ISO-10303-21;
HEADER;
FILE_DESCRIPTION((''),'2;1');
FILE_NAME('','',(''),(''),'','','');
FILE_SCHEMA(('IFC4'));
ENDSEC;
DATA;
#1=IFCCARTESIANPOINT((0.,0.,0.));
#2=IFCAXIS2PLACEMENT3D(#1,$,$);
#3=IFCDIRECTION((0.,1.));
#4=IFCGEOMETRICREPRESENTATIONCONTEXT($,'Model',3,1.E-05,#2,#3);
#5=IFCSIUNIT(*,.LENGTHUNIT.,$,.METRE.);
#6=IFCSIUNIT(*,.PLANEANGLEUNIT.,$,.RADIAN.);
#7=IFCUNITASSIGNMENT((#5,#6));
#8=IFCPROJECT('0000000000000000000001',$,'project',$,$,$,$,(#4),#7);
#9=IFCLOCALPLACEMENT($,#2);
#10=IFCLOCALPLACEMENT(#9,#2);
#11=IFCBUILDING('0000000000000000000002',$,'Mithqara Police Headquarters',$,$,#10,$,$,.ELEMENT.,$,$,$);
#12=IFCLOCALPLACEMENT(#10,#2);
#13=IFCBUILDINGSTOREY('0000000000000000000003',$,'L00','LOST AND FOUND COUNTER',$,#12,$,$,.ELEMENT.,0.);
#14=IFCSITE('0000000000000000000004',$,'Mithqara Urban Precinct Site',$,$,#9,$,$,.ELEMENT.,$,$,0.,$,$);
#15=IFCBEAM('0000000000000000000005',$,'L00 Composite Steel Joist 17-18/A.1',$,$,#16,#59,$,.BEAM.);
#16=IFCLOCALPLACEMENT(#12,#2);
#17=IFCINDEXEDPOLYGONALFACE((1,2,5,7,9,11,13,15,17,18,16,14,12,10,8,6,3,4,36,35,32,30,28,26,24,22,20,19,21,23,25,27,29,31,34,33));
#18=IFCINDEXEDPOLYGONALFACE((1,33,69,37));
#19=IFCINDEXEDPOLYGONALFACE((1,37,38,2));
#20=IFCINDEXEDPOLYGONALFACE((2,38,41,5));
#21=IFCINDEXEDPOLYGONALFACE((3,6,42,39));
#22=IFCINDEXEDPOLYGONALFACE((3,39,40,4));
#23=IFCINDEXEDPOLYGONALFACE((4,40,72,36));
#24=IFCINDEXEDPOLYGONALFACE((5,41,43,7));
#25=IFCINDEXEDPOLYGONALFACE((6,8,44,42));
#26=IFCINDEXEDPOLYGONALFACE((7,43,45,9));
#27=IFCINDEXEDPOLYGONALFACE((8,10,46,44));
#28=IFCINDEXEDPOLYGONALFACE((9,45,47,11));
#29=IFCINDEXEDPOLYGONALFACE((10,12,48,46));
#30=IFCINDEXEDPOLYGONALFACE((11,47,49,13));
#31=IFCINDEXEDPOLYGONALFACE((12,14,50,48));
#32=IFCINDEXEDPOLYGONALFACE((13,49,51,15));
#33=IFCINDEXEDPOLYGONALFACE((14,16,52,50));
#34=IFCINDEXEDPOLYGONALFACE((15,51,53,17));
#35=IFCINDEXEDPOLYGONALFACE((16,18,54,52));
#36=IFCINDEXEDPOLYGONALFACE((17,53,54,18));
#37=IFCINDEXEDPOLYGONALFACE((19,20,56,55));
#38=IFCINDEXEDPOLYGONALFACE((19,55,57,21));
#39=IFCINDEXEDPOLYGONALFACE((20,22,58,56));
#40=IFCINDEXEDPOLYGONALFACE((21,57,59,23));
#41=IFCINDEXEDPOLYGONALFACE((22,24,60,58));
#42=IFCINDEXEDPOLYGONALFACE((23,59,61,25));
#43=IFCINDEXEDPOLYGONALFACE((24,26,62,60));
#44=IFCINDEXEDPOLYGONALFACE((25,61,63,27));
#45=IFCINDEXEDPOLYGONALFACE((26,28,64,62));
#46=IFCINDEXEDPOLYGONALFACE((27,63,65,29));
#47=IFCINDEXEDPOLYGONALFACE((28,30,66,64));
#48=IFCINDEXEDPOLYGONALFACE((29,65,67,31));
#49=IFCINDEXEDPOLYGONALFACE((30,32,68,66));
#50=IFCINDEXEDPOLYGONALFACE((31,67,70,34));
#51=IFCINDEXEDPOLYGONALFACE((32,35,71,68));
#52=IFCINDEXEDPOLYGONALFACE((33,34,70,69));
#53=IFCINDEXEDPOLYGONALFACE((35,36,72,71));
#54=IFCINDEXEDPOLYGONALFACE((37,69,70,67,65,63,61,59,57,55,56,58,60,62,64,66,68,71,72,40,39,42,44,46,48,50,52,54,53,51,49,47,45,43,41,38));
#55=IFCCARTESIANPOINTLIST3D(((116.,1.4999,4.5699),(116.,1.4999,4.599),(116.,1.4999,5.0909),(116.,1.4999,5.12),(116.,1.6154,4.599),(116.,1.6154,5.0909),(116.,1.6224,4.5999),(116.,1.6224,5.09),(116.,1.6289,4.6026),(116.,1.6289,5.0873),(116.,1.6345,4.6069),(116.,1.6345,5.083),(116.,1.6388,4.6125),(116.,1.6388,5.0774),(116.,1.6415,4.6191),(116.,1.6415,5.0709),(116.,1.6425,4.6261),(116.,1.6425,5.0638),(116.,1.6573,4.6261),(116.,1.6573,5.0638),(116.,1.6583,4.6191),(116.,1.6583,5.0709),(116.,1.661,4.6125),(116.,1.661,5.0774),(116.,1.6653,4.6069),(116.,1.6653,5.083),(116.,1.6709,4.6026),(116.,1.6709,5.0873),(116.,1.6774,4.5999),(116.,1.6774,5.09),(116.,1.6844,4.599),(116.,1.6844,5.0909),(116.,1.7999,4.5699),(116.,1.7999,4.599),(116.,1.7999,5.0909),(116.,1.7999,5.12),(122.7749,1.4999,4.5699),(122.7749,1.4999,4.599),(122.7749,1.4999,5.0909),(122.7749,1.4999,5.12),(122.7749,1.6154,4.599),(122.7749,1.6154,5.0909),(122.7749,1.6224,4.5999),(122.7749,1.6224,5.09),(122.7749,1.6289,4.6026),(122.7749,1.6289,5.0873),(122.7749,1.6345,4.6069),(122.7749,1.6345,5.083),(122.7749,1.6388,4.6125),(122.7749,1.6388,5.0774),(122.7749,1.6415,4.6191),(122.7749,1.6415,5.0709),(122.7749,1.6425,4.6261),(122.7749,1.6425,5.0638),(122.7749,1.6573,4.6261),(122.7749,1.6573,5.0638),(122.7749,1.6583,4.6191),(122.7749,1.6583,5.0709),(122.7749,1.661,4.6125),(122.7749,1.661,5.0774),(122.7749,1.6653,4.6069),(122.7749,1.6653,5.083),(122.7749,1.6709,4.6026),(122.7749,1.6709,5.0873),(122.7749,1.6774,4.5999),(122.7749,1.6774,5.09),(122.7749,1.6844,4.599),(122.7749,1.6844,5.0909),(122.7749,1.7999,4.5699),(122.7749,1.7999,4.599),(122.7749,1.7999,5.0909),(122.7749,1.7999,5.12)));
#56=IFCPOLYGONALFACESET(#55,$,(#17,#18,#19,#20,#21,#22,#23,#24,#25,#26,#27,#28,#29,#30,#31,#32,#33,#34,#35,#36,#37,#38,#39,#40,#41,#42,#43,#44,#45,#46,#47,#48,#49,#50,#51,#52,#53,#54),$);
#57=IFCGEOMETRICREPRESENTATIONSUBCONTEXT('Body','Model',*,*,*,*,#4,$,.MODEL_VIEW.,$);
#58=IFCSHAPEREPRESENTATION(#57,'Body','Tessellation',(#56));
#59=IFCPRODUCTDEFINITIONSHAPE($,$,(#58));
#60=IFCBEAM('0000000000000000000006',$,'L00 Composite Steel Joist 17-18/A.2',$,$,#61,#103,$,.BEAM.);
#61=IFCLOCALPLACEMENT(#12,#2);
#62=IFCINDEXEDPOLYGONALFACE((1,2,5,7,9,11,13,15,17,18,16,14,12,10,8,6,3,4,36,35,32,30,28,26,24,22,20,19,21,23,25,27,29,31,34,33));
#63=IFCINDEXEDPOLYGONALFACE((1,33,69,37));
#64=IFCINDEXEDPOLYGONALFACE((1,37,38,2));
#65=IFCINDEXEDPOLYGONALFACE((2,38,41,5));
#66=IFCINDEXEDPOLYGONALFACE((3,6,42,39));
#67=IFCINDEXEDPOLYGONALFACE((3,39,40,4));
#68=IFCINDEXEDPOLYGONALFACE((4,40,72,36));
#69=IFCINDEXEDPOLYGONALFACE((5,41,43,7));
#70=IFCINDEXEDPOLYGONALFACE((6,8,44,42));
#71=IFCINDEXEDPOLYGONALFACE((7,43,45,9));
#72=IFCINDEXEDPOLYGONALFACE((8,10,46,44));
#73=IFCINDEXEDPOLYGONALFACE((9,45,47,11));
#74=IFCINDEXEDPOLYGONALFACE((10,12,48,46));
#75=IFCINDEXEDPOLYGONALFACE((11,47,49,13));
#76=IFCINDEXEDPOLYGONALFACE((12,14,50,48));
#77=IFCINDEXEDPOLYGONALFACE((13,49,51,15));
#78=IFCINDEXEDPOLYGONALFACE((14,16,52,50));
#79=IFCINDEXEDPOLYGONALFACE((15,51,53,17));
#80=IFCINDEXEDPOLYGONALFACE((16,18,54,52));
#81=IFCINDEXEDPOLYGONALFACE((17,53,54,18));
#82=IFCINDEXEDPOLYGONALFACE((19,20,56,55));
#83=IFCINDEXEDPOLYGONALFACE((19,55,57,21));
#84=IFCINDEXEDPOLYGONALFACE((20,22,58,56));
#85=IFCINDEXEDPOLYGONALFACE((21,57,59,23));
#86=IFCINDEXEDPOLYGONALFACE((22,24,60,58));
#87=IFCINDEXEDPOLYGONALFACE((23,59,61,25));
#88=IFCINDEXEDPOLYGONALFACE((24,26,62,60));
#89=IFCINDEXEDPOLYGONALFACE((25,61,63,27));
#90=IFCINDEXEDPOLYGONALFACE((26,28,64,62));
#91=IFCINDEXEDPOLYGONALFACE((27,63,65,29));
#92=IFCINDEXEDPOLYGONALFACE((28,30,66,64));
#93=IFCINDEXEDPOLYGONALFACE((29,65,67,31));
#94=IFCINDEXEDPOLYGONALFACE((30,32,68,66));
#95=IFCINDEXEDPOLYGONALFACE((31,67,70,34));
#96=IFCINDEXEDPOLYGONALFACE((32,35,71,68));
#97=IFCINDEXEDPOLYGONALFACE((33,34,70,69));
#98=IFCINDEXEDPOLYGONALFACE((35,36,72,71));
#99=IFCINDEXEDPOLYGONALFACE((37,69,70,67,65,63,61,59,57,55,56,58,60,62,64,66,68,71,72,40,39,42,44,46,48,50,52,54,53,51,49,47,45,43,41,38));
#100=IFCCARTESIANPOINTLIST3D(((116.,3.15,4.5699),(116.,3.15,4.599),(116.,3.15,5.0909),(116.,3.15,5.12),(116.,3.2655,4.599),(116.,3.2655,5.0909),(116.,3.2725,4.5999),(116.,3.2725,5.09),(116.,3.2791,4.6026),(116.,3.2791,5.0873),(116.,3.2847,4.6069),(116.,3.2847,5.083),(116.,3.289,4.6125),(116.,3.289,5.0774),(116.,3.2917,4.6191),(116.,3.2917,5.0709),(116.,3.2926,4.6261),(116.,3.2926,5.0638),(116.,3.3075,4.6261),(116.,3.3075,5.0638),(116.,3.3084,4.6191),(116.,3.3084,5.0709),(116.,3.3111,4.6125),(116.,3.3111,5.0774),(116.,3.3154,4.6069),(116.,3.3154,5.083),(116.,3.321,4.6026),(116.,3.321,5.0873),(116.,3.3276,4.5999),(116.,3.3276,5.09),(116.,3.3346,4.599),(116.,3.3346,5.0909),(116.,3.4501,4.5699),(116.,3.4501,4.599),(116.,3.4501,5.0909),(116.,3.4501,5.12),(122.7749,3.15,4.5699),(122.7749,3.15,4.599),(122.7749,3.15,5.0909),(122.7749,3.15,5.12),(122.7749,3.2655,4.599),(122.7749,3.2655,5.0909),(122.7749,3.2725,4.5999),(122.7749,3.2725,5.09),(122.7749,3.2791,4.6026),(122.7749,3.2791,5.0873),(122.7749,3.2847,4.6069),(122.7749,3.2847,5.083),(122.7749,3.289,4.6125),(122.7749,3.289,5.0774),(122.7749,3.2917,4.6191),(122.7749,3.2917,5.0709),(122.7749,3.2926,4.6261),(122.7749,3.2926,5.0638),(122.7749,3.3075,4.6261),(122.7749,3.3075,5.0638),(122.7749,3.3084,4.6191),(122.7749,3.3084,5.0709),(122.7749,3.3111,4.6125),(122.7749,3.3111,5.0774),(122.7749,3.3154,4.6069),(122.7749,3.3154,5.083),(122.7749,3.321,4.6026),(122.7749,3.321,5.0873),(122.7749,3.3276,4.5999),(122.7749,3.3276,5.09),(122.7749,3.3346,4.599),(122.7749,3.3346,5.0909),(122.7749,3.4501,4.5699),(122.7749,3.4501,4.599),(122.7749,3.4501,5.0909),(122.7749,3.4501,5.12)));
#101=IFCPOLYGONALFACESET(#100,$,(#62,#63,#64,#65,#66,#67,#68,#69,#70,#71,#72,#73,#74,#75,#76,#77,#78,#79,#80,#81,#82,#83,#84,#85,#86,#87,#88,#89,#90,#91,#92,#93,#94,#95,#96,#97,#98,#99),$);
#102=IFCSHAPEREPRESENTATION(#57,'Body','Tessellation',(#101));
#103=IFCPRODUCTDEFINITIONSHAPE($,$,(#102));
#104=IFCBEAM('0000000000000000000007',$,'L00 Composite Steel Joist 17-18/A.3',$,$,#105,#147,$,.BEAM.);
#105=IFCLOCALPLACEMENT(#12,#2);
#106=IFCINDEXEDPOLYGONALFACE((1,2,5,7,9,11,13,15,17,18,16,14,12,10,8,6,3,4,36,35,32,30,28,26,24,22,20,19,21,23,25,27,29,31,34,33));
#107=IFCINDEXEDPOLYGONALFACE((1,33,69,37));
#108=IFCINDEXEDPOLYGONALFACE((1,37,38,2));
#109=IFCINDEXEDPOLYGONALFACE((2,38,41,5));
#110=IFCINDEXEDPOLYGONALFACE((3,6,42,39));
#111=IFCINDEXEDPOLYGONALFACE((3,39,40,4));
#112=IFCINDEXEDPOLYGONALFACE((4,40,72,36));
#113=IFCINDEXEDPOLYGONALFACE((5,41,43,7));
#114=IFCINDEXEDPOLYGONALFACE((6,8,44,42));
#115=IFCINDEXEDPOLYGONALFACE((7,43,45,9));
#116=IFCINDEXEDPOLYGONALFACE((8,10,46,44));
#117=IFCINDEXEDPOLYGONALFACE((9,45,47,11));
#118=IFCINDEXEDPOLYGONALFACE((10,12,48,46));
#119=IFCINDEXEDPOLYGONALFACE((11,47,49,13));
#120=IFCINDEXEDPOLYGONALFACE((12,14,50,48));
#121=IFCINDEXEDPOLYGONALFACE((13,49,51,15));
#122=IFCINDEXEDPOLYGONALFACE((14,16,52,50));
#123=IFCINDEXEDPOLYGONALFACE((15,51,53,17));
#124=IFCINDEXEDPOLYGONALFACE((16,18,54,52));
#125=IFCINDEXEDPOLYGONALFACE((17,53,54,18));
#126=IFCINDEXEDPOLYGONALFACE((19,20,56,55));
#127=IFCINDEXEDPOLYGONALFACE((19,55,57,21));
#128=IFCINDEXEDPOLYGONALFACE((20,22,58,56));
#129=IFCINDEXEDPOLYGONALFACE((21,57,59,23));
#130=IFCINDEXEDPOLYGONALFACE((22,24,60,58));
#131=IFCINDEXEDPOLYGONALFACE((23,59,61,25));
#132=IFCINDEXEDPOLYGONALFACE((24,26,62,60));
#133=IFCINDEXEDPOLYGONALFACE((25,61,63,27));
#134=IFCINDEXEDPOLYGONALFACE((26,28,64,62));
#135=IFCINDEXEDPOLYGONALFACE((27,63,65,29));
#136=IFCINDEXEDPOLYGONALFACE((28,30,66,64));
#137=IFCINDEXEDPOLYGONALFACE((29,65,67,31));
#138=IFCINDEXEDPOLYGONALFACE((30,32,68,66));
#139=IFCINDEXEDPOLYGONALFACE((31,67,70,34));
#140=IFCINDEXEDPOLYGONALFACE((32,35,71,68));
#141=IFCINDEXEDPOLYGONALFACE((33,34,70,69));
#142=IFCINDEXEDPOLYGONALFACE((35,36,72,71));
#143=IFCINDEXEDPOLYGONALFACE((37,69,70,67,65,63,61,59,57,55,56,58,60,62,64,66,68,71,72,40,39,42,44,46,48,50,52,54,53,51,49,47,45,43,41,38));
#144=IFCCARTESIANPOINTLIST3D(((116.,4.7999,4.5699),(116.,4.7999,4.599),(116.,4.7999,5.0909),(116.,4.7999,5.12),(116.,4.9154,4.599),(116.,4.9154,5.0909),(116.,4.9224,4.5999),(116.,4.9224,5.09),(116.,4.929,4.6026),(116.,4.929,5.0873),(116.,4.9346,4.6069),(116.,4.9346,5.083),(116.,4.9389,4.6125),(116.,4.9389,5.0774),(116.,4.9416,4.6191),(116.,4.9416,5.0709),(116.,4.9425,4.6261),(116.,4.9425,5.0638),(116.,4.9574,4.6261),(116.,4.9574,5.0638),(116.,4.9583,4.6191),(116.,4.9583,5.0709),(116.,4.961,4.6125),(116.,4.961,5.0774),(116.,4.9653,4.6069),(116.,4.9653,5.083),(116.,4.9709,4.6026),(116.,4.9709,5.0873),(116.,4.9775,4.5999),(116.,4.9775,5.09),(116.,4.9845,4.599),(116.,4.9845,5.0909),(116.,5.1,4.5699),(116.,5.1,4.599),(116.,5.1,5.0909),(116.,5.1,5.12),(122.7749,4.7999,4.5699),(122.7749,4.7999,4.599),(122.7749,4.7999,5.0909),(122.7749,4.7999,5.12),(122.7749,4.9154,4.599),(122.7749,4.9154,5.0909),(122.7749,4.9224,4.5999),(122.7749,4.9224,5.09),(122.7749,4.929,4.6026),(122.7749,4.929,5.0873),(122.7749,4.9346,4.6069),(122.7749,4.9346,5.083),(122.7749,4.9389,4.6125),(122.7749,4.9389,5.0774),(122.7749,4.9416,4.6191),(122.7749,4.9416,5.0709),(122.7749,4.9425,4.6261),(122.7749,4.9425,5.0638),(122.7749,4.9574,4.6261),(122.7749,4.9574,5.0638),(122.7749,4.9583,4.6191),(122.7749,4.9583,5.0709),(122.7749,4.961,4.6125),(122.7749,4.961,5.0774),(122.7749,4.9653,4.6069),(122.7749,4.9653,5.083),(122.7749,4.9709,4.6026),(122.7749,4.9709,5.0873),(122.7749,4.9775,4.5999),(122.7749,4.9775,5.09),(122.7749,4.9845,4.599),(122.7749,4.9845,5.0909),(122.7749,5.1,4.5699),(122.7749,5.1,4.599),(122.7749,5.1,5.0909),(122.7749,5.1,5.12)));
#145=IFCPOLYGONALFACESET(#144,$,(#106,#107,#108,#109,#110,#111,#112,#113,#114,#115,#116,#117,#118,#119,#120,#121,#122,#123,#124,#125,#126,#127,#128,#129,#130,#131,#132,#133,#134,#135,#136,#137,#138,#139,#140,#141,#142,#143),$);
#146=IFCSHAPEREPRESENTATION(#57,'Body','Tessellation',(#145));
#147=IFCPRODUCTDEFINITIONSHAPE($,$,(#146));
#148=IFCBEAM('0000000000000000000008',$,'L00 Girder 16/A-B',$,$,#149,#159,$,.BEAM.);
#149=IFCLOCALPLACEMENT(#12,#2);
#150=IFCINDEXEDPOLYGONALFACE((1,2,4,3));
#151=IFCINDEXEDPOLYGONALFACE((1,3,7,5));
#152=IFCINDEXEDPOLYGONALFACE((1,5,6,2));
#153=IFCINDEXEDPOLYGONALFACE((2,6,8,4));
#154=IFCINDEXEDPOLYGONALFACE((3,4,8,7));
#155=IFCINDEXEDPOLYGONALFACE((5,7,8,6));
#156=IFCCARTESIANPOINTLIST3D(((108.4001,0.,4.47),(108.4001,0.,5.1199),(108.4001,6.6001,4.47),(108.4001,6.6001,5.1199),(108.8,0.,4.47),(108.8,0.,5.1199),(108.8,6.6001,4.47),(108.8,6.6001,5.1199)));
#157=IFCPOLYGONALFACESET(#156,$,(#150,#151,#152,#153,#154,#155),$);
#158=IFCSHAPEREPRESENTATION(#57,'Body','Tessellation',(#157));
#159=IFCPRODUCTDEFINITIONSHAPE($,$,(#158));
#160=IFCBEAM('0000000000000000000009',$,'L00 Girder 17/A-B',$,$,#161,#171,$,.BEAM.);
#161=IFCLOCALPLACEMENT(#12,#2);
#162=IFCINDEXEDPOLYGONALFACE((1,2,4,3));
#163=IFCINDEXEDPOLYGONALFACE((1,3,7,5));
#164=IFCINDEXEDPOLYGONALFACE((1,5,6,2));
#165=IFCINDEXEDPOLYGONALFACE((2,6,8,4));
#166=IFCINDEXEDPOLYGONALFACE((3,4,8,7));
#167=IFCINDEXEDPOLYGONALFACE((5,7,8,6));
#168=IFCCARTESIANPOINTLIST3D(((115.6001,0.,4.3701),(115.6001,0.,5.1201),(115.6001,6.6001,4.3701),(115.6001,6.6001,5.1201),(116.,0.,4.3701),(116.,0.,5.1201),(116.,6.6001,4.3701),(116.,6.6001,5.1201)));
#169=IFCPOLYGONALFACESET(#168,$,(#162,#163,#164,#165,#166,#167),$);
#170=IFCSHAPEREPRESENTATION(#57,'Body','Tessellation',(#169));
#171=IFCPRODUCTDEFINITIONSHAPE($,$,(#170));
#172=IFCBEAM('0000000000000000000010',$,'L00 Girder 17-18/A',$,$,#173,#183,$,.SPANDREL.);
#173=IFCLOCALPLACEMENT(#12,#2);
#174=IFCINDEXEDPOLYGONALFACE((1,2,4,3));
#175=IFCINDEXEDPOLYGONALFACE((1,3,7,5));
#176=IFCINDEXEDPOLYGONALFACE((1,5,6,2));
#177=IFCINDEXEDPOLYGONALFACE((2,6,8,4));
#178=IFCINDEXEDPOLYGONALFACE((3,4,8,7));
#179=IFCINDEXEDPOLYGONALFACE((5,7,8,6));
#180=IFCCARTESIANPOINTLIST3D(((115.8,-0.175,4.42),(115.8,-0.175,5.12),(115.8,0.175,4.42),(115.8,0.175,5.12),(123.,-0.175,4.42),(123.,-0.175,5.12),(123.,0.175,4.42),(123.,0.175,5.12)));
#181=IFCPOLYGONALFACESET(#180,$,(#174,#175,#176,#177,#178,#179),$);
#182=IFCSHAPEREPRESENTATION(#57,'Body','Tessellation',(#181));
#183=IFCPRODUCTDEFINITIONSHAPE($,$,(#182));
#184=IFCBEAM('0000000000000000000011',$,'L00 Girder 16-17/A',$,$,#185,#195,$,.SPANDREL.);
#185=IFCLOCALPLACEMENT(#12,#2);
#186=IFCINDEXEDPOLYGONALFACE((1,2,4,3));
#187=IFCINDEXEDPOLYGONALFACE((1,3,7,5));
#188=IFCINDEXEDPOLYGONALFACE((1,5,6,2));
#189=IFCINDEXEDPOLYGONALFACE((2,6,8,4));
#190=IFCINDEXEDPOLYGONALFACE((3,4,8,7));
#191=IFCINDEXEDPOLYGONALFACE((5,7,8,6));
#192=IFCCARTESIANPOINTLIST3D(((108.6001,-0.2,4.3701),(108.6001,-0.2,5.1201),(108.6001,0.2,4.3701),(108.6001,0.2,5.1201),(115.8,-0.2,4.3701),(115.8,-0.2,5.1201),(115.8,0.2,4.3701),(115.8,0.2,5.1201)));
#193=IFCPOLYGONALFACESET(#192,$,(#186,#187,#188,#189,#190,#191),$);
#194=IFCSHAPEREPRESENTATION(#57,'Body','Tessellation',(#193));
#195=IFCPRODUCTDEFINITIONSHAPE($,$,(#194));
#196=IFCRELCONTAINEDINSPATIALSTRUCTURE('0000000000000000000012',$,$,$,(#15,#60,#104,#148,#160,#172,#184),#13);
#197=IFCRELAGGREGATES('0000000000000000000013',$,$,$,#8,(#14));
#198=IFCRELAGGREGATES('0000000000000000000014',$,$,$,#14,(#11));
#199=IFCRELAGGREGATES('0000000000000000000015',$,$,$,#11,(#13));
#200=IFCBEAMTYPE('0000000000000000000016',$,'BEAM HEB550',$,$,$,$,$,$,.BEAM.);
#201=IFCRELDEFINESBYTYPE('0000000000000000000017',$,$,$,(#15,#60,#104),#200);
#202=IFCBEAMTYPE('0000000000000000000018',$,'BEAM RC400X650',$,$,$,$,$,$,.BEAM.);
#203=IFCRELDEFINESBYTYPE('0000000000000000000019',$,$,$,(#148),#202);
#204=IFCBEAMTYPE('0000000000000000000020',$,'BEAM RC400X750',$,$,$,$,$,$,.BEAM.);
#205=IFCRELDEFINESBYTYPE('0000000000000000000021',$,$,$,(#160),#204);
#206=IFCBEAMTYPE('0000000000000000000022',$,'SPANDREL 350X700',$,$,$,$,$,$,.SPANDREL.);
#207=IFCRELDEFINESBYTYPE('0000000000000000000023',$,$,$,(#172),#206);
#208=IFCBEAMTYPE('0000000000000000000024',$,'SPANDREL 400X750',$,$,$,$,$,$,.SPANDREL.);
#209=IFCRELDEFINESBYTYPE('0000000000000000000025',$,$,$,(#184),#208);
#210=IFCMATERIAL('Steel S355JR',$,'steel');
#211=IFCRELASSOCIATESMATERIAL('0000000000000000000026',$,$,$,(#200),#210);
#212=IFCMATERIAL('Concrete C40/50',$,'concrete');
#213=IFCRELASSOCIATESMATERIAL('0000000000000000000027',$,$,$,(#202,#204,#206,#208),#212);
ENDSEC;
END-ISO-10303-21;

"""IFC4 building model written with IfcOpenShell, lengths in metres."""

from ifc_helpers import new_model, si_unit, direction, frame, origin, origin_2d, place, context, subcontext, project, spatial, rectangle, i_section, extrude, material, material_profile, profile_set, type_object, element, save


model = new_model("IFC4")

# Units and contexts
model_context = context("Model", 3, precision=1e-05, world=origin(), true_north=direction((0.0, 1.0)))
body_context = subcontext(model_context, "Body", "Model", "MODEL_VIEW")
ifc_project = project(units=[si_unit("LENGTHUNIT", "METRE"), si_unit("PLANEANGLEUNIT", "RADIAN")], contexts=[model_context])

# Site, building, storey
site_placement = place(None, origin())
site = spatial("IfcSite", under=ifc_project, at=site_placement, Name="Mithqara Urban Precinct Site", CompositionType="ELEMENT", RefElevation=0.0)
building_placement = place(site_placement, origin())
building = spatial("IfcBuilding", under=site, at=building_placement, Name="Mithqara Police Headquarters", CompositionType="ELEMENT")
storey_placement = place(building_placement, origin())
storey = spatial("IfcBuildingStorey", under=building, at=storey_placement, Name="L00", Description="LOST AND FOUND COUNTER", CompositionType="ELEMENT", Elevation=0.0)

# Shared definitions
ifc_material_1 = material(Name="Concrete C40/50", Category="concrete")

# Beams
ifc_material_2 = material(Name="Steel S355JR", Category="steel")
ifc_material_profile_1 = material_profile(ifc_material_2, i_section(OverallWidth=0.3, OverallDepth=0.55, WebThickness=0.0149, FlangeThickness=0.0291, FilletRadius=0.0271, at=origin_2d()), Name="HEB 550")
ifc_profile_set_1 = profile_set([ifc_material_profile_1], Name="Steel S355JR")
beam_type_1 = type_object("IfcBeamType", Name="BEAM HEB550", PredefinedType="BEAM", material=ifc_profile_set_1)
for number, where, z_axis, x_axis, name in (
    (1, (116.0, 1.6499, 4.845), (1.0, 0.0, 0.0), (0.0, 1.0, 0.0), "L00 Composite Steel Joist 17-18/A.1"),
    (2, (116.0, 3.3, 4.845), (1.0, 0.0, 0.0), (0.0, 1.0, 0.0), "L00 Composite Steel Joist 17-18/A.2"),
    (3, (116.0, 4.95, 4.845), (1.0, 0.0, 0.0), (0.0, 1.0, 0.0), "L00 Composite Steel Joist 17-18/A.3"),
):
    element("IfcBeam", number, at=place(storey_placement, frame(where, z_axis=z_axis, x_axis=x_axis)), inside=storey, type_object=beam_type_1, Name=name, PredefinedType="BEAM", context=body_context, shape_type="SweptSolid", body=[
        extrude(i_section(OverallWidth=0.3, OverallDepth=0.55, WebThickness=0.0149, FlangeThickness=0.0291, FilletRadius=0.0271, at=origin_2d()), origin(), (0.0, 0.0, 1.0), 6.7749),
    ])
ifc_material_profile_2 = material_profile(ifc_material_1, rectangle(XDim=0.3999, YDim=0.6499, at=origin_2d()), Name="RC 400x650")
ifc_profile_set_2 = profile_set([ifc_material_profile_2], Name="Concrete C40/50")
beam_type_2 = type_object("IfcBeamType", Name="BEAM RC400X650", PredefinedType="BEAM", material=ifc_profile_set_2)
beam_1_placement = place(storey_placement, frame((108.6001, 0.0, 4.7949), z_axis=(0.0, 1.0, 0.0), x_axis=(-1.0, 0.0, 0.0)))
element("IfcBeam", 4, at=beam_1_placement, inside=storey, type_object=beam_type_2, Name="L00 Girder 16/A-B", PredefinedType="BEAM", context=body_context, shape_type="SweptSolid", body=[
    extrude(rectangle(XDim=0.3999, YDim=0.6499, at=origin_2d()), origin(), (0.0, 0.0, 1.0), 6.6001),
])
ifc_material_profile_3 = material_profile(ifc_material_1, rectangle(XDim=0.3999, YDim=0.75, at=origin_2d()), Name="RC 400x750")
ifc_profile_set_3 = profile_set([ifc_material_profile_3], Name="Concrete C40/50")
beam_type_3 = type_object("IfcBeamType", Name="BEAM RC400X750", PredefinedType="BEAM", material=ifc_profile_set_3)
beam_2_placement = place(storey_placement, frame((115.8, 0.0, 4.7451), z_axis=(0.0, 1.0, 0.0), x_axis=(-1.0, 0.0, 0.0)))
element("IfcBeam", 5, at=beam_2_placement, inside=storey, type_object=beam_type_3, Name="L00 Girder 17/A-B", PredefinedType="BEAM", context=body_context, shape_type="SweptSolid", body=[
    extrude(rectangle(XDim=0.3999, YDim=0.75, at=origin_2d()), origin(), (0.0, 0.0, 1.0), 6.6001),
])
ifc_material_profile_4 = material_profile(ifc_material_1, rectangle(XDim=0.3501, YDim=0.7, at=origin_2d()), Name="SPB 350x700")
ifc_profile_set_4 = profile_set([ifc_material_profile_4], Name="Concrete C40/50")
beam_type_4 = type_object("IfcBeamType", Name="SPANDREL 350X700", PredefinedType="SPANDREL", material=ifc_profile_set_4)
beam_3_placement = place(storey_placement, frame((115.8, 0.0, 4.77), z_axis=(1.0, 0.0, 0.0), x_axis=(0.0, 1.0, 0.0)))
element("IfcBeam", 6, at=beam_3_placement, inside=storey, type_object=beam_type_4, Name="L00 Girder 17-18/A", PredefinedType="SPANDREL", context=body_context, shape_type="SweptSolid", body=[
    extrude(rectangle(XDim=0.3501, YDim=0.7, at=origin_2d()), origin(), (0.0, 0.0, 1.0), 7.2),
])
ifc_material_profile_5 = material_profile(ifc_material_1, rectangle(XDim=0.3999, YDim=0.75, at=origin_2d()), Name="SPB 400x750")
ifc_profile_set_5 = profile_set([ifc_material_profile_5], Name="Concrete C40/50")
beam_type_5 = type_object("IfcBeamType", Name="SPANDREL 400X750", PredefinedType="SPANDREL", material=ifc_profile_set_5)
beam_4_placement = place(storey_placement, frame((108.6001, 0.0, 4.7451), z_axis=(1.0, 0.0, 0.0), x_axis=(0.0, 1.0, 0.0)))
element("IfcBeam", 7, at=beam_4_placement, inside=storey, type_object=beam_type_5, Name="L00 Girder 16-17/A", PredefinedType="SPANDREL", context=body_context, shape_type="SweptSolid", body=[
    extrude(rectangle(XDim=0.3999, YDim=0.75, at=origin_2d()), origin(), (0.0, 0.0, 1.0), 7.2),
])

save(model, "model.ifc")
